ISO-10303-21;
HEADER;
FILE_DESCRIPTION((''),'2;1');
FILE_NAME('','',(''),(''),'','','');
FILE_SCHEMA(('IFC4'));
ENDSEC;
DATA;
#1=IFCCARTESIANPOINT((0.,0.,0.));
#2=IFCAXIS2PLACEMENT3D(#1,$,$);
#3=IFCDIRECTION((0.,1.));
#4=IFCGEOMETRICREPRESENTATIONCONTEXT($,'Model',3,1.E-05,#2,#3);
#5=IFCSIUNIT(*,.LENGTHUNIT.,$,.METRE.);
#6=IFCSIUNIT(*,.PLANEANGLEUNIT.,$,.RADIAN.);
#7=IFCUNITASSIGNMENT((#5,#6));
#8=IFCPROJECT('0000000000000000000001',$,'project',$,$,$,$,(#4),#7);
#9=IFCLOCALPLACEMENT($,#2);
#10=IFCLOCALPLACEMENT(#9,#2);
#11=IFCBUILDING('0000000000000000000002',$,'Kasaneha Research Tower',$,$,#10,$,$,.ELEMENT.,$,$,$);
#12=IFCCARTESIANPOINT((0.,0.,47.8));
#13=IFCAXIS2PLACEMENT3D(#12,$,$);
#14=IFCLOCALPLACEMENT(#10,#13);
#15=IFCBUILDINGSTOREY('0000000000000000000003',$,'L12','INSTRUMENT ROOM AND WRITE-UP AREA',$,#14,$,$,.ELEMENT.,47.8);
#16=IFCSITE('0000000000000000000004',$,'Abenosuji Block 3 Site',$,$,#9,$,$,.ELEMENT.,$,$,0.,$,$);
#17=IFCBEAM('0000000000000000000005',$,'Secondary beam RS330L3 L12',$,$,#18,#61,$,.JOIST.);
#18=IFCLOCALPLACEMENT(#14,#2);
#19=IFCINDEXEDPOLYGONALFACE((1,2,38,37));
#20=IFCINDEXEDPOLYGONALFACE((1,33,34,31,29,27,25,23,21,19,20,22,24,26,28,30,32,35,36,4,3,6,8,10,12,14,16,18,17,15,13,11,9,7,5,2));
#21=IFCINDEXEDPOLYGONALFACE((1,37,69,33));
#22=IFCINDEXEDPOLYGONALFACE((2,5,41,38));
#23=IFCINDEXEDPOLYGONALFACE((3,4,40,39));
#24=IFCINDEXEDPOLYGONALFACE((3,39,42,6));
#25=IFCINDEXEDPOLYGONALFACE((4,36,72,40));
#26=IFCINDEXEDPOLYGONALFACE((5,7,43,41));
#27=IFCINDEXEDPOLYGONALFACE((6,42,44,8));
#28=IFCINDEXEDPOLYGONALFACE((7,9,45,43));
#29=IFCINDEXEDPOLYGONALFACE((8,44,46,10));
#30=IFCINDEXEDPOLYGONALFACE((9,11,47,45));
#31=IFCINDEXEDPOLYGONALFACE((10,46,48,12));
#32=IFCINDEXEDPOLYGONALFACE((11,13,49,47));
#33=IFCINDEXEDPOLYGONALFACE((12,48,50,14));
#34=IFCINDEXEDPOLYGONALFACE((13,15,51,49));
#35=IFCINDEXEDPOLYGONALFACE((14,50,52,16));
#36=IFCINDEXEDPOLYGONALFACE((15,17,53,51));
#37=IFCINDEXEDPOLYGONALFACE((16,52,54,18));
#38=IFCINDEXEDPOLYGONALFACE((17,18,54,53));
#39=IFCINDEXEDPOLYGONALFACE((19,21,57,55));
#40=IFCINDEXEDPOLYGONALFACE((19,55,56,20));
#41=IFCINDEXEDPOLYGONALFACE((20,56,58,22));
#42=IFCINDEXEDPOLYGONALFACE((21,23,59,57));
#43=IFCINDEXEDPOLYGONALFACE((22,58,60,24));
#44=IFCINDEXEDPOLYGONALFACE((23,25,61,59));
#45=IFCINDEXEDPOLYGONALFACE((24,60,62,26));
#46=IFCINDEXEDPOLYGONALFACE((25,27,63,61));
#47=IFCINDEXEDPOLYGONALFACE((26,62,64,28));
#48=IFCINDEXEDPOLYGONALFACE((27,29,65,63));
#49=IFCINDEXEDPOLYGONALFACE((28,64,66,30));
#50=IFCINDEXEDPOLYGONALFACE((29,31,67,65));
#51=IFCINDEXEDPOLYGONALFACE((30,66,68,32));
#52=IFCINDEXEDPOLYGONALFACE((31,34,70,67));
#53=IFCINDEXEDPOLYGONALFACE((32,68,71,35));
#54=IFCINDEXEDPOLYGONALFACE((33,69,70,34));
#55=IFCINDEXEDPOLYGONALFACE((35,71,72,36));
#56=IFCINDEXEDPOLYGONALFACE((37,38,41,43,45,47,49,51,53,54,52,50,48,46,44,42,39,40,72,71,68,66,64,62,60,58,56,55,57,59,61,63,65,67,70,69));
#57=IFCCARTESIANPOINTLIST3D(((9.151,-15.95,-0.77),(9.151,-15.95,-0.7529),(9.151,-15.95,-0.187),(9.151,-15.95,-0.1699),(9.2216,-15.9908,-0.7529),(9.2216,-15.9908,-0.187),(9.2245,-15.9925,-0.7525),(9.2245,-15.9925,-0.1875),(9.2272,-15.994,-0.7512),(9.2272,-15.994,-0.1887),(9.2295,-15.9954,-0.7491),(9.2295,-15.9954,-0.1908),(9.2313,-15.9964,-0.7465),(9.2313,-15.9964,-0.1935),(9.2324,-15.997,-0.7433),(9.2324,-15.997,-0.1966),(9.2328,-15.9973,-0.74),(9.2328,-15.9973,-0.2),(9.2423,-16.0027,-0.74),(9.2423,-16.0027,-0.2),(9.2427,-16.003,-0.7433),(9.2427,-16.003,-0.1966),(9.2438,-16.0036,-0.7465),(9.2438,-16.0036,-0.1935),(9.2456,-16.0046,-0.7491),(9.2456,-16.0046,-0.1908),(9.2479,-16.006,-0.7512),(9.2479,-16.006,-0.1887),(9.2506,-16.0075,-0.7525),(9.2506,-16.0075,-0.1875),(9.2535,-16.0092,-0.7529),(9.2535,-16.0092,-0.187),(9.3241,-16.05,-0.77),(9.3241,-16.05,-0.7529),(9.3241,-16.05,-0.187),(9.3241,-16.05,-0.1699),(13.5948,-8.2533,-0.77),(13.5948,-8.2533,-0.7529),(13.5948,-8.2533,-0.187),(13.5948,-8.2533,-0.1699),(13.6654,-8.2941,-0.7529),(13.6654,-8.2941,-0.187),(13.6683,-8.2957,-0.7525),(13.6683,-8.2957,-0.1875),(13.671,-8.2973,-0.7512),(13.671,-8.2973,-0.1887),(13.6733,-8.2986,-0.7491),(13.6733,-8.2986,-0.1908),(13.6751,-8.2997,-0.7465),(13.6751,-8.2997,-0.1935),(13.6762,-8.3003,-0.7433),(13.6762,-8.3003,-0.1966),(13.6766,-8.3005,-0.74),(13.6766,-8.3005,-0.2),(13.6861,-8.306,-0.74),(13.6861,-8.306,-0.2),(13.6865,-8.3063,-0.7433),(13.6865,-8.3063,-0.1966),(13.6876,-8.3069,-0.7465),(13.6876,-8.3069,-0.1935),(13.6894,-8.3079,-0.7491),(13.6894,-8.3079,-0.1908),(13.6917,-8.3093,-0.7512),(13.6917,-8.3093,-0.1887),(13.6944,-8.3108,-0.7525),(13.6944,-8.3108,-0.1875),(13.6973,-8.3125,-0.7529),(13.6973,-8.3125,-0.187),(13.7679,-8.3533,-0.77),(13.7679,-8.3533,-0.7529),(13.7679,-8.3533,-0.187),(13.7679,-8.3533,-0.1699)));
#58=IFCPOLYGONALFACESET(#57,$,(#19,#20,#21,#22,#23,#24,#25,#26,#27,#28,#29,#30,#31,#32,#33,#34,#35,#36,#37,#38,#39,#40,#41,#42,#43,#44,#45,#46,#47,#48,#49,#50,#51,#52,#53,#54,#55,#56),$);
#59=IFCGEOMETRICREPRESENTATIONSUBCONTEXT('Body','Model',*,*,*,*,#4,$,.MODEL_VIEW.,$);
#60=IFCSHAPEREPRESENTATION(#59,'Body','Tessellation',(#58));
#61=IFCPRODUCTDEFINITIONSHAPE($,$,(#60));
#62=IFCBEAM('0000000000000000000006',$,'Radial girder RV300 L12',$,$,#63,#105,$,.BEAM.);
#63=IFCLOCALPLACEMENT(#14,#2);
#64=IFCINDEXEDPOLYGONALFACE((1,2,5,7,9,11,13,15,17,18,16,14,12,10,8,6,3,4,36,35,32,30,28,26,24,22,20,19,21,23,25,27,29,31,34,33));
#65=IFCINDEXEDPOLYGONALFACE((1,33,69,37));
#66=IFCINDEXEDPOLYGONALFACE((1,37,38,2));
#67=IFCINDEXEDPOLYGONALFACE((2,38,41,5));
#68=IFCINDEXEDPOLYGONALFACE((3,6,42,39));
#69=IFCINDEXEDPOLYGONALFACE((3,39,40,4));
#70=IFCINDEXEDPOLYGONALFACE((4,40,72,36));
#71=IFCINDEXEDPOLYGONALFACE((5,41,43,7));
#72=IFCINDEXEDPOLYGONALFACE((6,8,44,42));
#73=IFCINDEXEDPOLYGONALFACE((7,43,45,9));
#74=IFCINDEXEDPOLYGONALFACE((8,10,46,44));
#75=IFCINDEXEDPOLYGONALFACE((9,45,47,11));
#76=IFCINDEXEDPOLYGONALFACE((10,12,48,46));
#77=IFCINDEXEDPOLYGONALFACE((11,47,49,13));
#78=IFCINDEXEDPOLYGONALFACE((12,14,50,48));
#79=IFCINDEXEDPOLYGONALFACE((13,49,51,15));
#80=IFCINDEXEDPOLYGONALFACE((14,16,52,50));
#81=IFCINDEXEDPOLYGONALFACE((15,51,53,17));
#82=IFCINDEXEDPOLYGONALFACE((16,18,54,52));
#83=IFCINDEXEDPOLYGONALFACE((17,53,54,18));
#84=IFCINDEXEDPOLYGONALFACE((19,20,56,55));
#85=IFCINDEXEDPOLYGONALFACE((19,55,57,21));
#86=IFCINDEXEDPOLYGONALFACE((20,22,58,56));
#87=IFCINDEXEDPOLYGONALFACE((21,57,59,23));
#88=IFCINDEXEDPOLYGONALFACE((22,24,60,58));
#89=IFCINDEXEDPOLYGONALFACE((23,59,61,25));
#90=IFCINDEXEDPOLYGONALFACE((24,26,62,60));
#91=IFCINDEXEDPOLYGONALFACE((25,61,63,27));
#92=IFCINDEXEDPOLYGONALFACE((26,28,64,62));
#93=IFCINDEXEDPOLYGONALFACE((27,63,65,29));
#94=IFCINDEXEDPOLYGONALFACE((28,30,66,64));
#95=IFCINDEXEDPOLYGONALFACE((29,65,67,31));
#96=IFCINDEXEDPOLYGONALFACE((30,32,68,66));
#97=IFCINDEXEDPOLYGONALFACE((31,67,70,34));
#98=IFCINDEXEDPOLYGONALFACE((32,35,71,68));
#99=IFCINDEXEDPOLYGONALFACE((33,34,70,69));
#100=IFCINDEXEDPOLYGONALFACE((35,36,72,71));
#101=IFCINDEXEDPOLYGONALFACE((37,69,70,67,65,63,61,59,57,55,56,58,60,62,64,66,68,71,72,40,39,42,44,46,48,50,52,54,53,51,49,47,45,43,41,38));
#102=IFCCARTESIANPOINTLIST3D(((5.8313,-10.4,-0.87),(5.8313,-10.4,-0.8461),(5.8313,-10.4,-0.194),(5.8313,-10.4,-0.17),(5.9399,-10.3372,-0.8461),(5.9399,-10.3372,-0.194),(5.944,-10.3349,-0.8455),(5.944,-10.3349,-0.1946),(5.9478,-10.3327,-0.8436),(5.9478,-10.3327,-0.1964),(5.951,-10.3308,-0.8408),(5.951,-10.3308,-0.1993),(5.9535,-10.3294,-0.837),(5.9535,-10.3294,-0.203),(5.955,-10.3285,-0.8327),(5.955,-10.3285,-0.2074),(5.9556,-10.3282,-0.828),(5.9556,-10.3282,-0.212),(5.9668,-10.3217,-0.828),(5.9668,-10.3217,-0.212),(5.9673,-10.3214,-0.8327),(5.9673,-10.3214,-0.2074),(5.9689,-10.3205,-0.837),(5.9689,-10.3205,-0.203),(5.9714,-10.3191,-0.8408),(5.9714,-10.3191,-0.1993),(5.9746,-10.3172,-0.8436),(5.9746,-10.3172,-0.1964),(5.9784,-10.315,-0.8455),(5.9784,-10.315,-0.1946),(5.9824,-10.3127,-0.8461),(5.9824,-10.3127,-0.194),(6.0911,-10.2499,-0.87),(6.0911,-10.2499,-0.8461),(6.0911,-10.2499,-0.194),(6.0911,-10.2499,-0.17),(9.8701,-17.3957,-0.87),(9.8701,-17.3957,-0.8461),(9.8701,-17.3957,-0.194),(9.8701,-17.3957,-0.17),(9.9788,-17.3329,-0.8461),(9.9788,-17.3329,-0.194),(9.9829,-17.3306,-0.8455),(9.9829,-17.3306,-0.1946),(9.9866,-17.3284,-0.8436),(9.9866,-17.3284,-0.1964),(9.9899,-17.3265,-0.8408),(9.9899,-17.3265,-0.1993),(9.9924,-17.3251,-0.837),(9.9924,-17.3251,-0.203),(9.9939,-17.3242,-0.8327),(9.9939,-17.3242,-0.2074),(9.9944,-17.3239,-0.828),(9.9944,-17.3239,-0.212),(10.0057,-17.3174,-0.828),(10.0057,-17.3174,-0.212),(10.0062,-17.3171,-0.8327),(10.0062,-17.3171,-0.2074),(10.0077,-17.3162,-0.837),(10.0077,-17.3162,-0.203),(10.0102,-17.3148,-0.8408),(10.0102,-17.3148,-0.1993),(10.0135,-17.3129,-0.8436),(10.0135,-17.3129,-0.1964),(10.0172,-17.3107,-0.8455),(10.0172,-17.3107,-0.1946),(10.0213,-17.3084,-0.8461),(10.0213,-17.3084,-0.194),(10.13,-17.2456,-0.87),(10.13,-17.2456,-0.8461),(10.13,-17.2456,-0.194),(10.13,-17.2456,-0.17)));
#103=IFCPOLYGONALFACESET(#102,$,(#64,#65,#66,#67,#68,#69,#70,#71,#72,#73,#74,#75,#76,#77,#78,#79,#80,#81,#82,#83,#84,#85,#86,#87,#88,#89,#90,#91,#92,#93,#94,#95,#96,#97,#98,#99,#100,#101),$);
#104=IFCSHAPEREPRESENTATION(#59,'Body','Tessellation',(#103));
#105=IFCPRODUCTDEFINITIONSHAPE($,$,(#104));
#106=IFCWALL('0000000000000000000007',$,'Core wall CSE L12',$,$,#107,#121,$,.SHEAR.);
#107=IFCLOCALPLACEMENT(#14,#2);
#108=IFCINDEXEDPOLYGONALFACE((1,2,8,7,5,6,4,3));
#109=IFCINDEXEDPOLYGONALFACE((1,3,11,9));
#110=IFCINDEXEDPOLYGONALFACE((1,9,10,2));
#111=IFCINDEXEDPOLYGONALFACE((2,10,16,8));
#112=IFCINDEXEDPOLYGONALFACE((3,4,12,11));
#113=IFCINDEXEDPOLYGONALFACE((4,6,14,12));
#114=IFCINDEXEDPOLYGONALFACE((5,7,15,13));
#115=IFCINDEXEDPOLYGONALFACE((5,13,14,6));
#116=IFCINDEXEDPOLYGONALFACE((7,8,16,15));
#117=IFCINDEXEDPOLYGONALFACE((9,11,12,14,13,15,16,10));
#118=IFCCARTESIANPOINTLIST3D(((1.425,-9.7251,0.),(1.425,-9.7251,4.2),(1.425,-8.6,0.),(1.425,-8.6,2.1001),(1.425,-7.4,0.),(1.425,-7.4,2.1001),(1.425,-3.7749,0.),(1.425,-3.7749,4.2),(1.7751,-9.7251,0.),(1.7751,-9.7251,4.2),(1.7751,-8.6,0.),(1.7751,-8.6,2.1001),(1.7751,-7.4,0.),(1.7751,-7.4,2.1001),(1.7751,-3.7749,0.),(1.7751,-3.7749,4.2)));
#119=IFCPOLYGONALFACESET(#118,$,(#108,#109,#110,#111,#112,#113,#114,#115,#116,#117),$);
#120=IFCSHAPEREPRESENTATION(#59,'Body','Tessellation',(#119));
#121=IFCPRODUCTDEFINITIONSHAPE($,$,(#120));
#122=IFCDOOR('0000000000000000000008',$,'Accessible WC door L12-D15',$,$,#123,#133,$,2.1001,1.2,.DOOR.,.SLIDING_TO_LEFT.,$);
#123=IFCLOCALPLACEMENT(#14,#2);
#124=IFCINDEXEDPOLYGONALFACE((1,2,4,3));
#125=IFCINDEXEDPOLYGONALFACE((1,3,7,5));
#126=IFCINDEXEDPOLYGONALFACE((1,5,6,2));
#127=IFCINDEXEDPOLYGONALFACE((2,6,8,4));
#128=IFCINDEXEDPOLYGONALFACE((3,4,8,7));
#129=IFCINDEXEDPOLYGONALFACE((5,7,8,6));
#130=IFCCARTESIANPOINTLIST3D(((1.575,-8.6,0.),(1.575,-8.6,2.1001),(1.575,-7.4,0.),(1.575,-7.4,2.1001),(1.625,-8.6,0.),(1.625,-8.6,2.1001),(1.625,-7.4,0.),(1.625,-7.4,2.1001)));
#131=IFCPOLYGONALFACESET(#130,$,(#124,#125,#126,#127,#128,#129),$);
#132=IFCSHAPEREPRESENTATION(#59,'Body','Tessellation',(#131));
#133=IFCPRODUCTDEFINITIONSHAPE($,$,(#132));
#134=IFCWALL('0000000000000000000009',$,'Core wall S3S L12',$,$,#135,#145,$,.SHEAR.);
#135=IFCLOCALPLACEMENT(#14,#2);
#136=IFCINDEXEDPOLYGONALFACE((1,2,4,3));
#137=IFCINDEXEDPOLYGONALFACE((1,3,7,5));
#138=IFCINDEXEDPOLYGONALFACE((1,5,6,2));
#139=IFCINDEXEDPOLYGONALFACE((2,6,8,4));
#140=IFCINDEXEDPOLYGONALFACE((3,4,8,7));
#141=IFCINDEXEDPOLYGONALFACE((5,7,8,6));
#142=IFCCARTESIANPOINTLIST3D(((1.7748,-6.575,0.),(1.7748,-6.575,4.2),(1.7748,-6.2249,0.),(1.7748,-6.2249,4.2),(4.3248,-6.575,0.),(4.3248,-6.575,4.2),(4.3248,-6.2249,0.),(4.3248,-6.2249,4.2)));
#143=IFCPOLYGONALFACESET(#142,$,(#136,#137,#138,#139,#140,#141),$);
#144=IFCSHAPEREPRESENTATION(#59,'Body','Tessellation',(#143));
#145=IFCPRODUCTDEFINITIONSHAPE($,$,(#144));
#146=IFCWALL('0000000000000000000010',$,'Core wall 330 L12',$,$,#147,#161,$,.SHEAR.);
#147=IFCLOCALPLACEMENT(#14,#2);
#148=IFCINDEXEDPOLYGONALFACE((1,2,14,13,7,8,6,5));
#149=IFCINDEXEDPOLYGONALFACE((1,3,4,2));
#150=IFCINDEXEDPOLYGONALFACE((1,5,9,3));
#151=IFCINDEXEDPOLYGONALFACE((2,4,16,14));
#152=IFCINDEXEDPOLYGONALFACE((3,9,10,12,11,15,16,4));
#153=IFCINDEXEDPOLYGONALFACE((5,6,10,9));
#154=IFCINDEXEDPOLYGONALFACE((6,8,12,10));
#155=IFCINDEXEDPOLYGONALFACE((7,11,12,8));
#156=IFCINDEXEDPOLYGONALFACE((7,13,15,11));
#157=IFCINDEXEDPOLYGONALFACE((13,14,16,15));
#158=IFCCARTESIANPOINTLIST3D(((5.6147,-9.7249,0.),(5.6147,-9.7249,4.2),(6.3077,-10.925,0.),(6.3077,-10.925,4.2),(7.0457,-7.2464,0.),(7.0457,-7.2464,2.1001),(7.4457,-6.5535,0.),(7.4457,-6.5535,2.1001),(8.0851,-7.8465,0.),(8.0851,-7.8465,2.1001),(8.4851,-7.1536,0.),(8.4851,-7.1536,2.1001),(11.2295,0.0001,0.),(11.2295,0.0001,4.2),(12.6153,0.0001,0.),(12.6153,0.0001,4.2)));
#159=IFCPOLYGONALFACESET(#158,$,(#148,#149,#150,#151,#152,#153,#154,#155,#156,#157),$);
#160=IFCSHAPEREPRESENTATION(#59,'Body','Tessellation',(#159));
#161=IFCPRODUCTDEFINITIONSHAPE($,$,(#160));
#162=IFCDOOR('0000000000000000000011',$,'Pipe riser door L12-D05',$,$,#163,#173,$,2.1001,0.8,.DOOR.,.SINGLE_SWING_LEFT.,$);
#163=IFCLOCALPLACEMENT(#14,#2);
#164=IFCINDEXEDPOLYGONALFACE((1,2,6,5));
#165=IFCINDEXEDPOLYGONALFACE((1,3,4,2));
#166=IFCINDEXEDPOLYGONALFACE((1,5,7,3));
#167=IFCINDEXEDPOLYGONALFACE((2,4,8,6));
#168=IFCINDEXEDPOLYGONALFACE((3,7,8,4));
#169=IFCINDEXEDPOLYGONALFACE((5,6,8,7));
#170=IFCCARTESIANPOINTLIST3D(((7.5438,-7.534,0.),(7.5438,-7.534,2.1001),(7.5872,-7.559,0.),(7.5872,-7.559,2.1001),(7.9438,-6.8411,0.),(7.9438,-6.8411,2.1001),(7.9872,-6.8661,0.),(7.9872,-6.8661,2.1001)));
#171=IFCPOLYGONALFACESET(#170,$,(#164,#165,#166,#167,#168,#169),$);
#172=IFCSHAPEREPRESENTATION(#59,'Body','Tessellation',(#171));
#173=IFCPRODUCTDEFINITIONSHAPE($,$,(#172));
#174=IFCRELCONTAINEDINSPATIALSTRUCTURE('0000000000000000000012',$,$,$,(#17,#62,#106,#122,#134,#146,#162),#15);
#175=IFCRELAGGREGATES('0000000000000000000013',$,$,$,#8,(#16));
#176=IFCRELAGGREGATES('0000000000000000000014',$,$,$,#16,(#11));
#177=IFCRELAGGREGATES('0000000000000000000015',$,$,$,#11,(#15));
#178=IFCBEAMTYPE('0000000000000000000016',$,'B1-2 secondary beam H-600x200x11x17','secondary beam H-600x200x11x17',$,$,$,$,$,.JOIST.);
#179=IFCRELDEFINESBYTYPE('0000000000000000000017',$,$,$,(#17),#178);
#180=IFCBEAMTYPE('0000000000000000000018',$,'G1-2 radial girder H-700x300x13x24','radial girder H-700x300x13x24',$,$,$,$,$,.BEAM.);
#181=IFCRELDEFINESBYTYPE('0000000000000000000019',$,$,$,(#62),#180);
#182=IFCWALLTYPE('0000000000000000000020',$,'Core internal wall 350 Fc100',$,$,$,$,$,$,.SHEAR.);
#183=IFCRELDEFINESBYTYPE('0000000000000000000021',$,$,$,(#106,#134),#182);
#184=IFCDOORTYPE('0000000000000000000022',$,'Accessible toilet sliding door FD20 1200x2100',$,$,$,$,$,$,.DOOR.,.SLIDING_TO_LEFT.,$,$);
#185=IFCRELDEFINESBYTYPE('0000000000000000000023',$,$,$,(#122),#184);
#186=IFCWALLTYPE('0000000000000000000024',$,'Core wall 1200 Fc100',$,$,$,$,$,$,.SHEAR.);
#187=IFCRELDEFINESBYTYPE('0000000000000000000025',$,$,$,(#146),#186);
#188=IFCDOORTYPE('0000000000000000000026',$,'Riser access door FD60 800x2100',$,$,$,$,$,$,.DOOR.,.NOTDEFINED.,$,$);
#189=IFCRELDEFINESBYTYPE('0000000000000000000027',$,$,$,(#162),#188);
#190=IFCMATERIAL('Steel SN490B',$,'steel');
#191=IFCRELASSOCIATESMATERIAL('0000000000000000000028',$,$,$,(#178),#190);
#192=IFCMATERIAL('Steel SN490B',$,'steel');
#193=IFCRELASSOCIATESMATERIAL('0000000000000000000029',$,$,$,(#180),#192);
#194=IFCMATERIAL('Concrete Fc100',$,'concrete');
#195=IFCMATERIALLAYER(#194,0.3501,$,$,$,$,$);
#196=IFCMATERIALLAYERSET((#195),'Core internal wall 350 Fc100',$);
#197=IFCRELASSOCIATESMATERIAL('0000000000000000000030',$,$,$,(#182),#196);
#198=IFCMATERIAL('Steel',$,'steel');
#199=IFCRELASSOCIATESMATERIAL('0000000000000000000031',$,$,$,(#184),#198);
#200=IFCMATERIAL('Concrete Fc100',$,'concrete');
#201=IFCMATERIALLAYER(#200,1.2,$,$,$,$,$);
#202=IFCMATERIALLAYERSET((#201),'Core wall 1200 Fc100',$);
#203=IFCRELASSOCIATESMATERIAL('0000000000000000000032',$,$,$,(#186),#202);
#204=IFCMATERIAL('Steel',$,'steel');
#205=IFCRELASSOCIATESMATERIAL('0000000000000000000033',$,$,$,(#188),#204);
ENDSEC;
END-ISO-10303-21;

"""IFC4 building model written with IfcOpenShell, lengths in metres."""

from ifc_helpers import new_model, si_unit, direction, frame, frame_2d, origin, origin_2d, place, context, subcontext, project, spatial, polyline, rectangle, i_section, outline, extrude, material, layer, layer_set, material_profile, profile_set, type_object, element, fill, save


model = new_model("IFC4")

# Units and contexts
model_context = context("Model", 3, precision=1e-05, world=origin(), true_north=direction((0.0, 1.0)))
body_context = subcontext(model_context, "Body", "Model", "MODEL_VIEW")
ifc_project = project(units=[si_unit("LENGTHUNIT", "METRE"), si_unit("PLANEANGLEUNIT", "RADIAN")], contexts=[model_context])

# Site, building, storey
site_placement = place(None, origin())
site = spatial("IfcSite", under=ifc_project, at=site_placement, Name="Abenosuji Block 3 Site", CompositionType="ELEMENT", RefElevation=0.0)
building_placement = place(site_placement, origin())
building = spatial("IfcBuilding", under=site, at=building_placement, Name="Kasaneha Research Tower", CompositionType="ELEMENT")
storey_placement = place(building_placement, frame((0.0, 0.0, 47.8)))
storey = spatial("IfcBuildingStorey", under=building, at=storey_placement, Name="L12", Description="INSTRUMENT ROOM AND WRITE-UP AREA", CompositionType="ELEMENT", Elevation=47.8)

# Beams
ifc_material_1 = material(Name="Steel SN490B", Category="steel")
ifc_material_profile_1 = material_profile(ifc_material_1, i_section(OverallWidth=0.2, OverallDepth=0.6001, WebThickness=0.011, FlangeThickness=0.0171, FilletRadius=0.0129, at=origin_2d()), Name="H-600x200x11x17")
ifc_profile_set_1 = profile_set([ifc_material_profile_1], Name="Steel SN490B")
beam_type_1 = type_object("IfcBeamType", Name="B1-2 secondary beam H-600x200x11x17", Description="secondary beam H-600x200x11x17", PredefinedType="JOIST", material=ifc_profile_set_1)
beam_1_placement = place(storey_placement, frame((9.2375, -16.0, -0.47), z_axis=(0.500009, 0.86602, 0.0), x_axis=(-0.86602, 0.500009, 0.0)))
element("IfcBeam", 1, at=beam_1_placement, inside=storey, type_object=beam_type_1, Name="Secondary beam RS330L3 L12", PredefinedType="JOIST", context=body_context, shape_type="SweptSolid", body=[
    extrude(i_section(OverallWidth=0.2, OverallDepth=0.6001, WebThickness=0.011, FlangeThickness=0.0171, FilletRadius=0.0129, at=origin_2d()), origin(), (0.0, 0.0, 1.0), 8.8875),
])
ifc_material_2 = material(Name="Steel SN490B", Category="steel")
ifc_material_profile_2 = material_profile(ifc_material_2, i_section(OverallWidth=0.3, OverallDepth=0.7, WebThickness=0.0129, FlangeThickness=0.0239, FilletRadius=0.0181, at=origin_2d()), Name="H-700x300x13x24")
ifc_profile_set_2 = profile_set([ifc_material_profile_2], Name="Steel SN490B")
beam_type_2 = type_object("IfcBeamType", Name="G1-2 radial girder H-700x300x13x24", Description="radial girder H-700x300x13x24", PredefinedType="BEAM", material=ifc_profile_set_2)
beam_2_placement = place(storey_placement, frame((5.9612, -10.325, -0.52), z_axis=(0.499991, -0.866031, 0.0), x_axis=(0.866031, 0.499991, 0.0)))
element("IfcBeam", 2, at=beam_2_placement, inside=storey, type_object=beam_type_2, Name="Radial girder RV300 L12", PredefinedType="BEAM", context=body_context, shape_type="SweptSolid", body=[
    extrude(i_section(OverallWidth=0.3, OverallDepth=0.7, WebThickness=0.0129, FlangeThickness=0.0239, FilletRadius=0.0181, at=origin_2d()), origin(), (0.0, 0.0, 1.0), 8.0779),
])

# Wall, opening, door
ifc_material_3 = material(Name="Concrete Fc100", Category="concrete")
ifc_layer_1 = layer(ifc_material_3, 0.3501)
ifc_layer_set_1 = layer_set([ifc_layer_1], Name="Core internal wall 350 Fc100")
wall_type_1 = type_object("IfcWallType", Name="Core internal wall 350 Fc100", PredefinedType="SHEAR", material=ifc_layer_set_1)
wall_1_placement = place(storey_placement, frame((1.6001, -3.7749, 0.0), z_axis=(0.0, 0.0, 1.0), x_axis=(0.0, -1.0, 0.0)))
wall_1 = element("IfcWall", 3, at=wall_1_placement, inside=storey, type_object=wall_type_1, Name="Core wall CSE L12", PredefinedType="SHEAR", context=body_context, shape_type="SweptSolid", body=[
    extrude(rectangle(XDim=5.9502, YDim=0.3501, at=frame_2d((2.9751, 0.0))), origin(), (0.0, 0.0, 1.0), 4.2),
])
opening_1_placement = place(wall_1_placement, frame((3.625, 0.0, 0.0)))
opening_1 = element("IfcOpeningElement", 4, at=opening_1_placement, cuts=wall_1, PredefinedType="OPENING", context=body_context, shape_type="SweptSolid", body=[
    extrude(rectangle(XDim=1.2, YDim=2.1001, at=frame_2d((0.6001, 1.05))), frame((0.0, 0.1851, 0.0), z_axis=(0.0, -1.0, 0.0), x_axis=(1.0, 0.0, 0.0)), (0.0, 0.0, 1.0), 0.3701),
])
ifc_material_4 = material(Name="Steel", Category="steel")
door_type_1 = type_object("IfcDoorType", Name="Accessible toilet sliding door FD20 1200x2100", OperationType="SLIDING_TO_LEFT", PredefinedType="DOOR", material=ifc_material_4)
door_1_placement = place(opening_1_placement, origin())
door_1 = element("IfcDoor", 5, at=door_1_placement, inside=storey, type_object=door_type_1, Name="Accessible WC door L12-D15", OperationType="SLIDING_TO_LEFT", OverallHeight=2.1001, OverallWidth=1.2, PredefinedType="DOOR", context=body_context, shape_type="SweptSolid", body=[
    extrude(rectangle(XDim=1.2, YDim=2.1001, at=frame_2d((0.6001, 1.05))), frame((0.0, 0.0249, 0.0), z_axis=(0.0, -1.0, 0.0), x_axis=(1.0, 0.0, 0.0)), (0.0, 0.0, 1.0), 0.05),
])
fill(opening_1, door_1)

# Wall
wall_2_placement = place(storey_placement, frame((1.7749, -6.3999, 0.0), z_axis=(0.0, 0.0, 1.0), x_axis=(1.0, 0.0, 0.0)))
element("IfcWall", 6, at=wall_2_placement, inside=storey, type_object=wall_type_1, Name="Core wall S3S L12", PredefinedType="SHEAR", context=body_context, shape_type="SweptSolid", body=[
    extrude(rectangle(XDim=2.55, YDim=0.3501, at=frame_2d((1.2749, 0.0))), origin(), (0.0, 0.0, 1.0), 4.2),
])

# Wall, opening, door
ifc_material_5 = material(Name="Concrete Fc100", Category="concrete")
ifc_layer_2 = layer(ifc_material_5, 1.2)
ifc_layer_set_2 = layer_set([ifc_layer_2], Name="Core wall 1200 Fc100")
wall_type_2 = type_object("IfcWallType", Name="Core wall 1200 Fc100", PredefinedType="SHEAR", material=ifc_layer_set_2)
wall_3_placement = place(storey_placement, frame((5.9612, -10.325, 0.0), z_axis=(0.0, 0.0, 1.0), x_axis=(0.500004, 0.866023, 0.0)))
wall_3 = element("IfcWall", 7, at=wall_3_placement, inside=storey, type_object=wall_type_2, Name="Core wall 330 L12", PredefinedType="SHEAR", context=body_context, shape_type="SweptSolid", body=[
    extrude(outline(polyline([(-0.3464, -0.6001), (3.2085, -0.6001), (4.0085, -0.6001), (12.2688, -0.6001), (11.5759, 0.6001), (4.0085, 0.6001), (3.2085, 0.6001), (0.3464, 0.6001), (-0.3464, -0.6001)])), origin(), (0.0, 0.0, 1.0), 4.2),
])
opening_2_placement = place(wall_3_placement, frame((3.2085, 0.0, 0.0)))
opening_2 = element("IfcOpeningElement", 8, at=opening_2_placement, cuts=wall_3, PredefinedType="OPENING", context=body_context, shape_type="SweptSolid", body=[
    extrude(rectangle(XDim=0.8, YDim=2.1001, at=frame_2d((0.3999, 1.05))), frame((0.0, 0.6099, 0.0), z_axis=(0.0, -1.0, 0.0), x_axis=(1.0, 0.0, 0.0)), (0.0, 0.0, 1.0), 1.22),
])
ifc_material_6 = material(Name="Steel", Category="steel")
door_type_2 = type_object("IfcDoorType", Name="Riser access door FD60 800x2100", OperationType="NOTDEFINED", PredefinedType="DOOR", material=ifc_material_6)
door_2_placement = place(opening_2_placement, origin())
door_2 = element("IfcDoor", 9, at=door_2_placement, inside=storey, type_object=door_type_2, Name="Pipe riser door L12-D05", OperationType="SINGLE_SWING_LEFT", OverallHeight=2.1001, OverallWidth=0.8, PredefinedType="DOOR", context=body_context, shape_type="SweptSolid", body=[
    extrude(rectangle(XDim=0.8, YDim=2.1001, at=frame_2d((0.3999, 1.05))), frame((0.0, 0.0249, 0.0), z_axis=(0.0, -1.0, 0.0), x_axis=(1.0, 0.0, 0.0)), (0.0, 0.0, 1.0), 0.05),
])
fill(opening_2, door_2)

save(model, "model.ifc")
